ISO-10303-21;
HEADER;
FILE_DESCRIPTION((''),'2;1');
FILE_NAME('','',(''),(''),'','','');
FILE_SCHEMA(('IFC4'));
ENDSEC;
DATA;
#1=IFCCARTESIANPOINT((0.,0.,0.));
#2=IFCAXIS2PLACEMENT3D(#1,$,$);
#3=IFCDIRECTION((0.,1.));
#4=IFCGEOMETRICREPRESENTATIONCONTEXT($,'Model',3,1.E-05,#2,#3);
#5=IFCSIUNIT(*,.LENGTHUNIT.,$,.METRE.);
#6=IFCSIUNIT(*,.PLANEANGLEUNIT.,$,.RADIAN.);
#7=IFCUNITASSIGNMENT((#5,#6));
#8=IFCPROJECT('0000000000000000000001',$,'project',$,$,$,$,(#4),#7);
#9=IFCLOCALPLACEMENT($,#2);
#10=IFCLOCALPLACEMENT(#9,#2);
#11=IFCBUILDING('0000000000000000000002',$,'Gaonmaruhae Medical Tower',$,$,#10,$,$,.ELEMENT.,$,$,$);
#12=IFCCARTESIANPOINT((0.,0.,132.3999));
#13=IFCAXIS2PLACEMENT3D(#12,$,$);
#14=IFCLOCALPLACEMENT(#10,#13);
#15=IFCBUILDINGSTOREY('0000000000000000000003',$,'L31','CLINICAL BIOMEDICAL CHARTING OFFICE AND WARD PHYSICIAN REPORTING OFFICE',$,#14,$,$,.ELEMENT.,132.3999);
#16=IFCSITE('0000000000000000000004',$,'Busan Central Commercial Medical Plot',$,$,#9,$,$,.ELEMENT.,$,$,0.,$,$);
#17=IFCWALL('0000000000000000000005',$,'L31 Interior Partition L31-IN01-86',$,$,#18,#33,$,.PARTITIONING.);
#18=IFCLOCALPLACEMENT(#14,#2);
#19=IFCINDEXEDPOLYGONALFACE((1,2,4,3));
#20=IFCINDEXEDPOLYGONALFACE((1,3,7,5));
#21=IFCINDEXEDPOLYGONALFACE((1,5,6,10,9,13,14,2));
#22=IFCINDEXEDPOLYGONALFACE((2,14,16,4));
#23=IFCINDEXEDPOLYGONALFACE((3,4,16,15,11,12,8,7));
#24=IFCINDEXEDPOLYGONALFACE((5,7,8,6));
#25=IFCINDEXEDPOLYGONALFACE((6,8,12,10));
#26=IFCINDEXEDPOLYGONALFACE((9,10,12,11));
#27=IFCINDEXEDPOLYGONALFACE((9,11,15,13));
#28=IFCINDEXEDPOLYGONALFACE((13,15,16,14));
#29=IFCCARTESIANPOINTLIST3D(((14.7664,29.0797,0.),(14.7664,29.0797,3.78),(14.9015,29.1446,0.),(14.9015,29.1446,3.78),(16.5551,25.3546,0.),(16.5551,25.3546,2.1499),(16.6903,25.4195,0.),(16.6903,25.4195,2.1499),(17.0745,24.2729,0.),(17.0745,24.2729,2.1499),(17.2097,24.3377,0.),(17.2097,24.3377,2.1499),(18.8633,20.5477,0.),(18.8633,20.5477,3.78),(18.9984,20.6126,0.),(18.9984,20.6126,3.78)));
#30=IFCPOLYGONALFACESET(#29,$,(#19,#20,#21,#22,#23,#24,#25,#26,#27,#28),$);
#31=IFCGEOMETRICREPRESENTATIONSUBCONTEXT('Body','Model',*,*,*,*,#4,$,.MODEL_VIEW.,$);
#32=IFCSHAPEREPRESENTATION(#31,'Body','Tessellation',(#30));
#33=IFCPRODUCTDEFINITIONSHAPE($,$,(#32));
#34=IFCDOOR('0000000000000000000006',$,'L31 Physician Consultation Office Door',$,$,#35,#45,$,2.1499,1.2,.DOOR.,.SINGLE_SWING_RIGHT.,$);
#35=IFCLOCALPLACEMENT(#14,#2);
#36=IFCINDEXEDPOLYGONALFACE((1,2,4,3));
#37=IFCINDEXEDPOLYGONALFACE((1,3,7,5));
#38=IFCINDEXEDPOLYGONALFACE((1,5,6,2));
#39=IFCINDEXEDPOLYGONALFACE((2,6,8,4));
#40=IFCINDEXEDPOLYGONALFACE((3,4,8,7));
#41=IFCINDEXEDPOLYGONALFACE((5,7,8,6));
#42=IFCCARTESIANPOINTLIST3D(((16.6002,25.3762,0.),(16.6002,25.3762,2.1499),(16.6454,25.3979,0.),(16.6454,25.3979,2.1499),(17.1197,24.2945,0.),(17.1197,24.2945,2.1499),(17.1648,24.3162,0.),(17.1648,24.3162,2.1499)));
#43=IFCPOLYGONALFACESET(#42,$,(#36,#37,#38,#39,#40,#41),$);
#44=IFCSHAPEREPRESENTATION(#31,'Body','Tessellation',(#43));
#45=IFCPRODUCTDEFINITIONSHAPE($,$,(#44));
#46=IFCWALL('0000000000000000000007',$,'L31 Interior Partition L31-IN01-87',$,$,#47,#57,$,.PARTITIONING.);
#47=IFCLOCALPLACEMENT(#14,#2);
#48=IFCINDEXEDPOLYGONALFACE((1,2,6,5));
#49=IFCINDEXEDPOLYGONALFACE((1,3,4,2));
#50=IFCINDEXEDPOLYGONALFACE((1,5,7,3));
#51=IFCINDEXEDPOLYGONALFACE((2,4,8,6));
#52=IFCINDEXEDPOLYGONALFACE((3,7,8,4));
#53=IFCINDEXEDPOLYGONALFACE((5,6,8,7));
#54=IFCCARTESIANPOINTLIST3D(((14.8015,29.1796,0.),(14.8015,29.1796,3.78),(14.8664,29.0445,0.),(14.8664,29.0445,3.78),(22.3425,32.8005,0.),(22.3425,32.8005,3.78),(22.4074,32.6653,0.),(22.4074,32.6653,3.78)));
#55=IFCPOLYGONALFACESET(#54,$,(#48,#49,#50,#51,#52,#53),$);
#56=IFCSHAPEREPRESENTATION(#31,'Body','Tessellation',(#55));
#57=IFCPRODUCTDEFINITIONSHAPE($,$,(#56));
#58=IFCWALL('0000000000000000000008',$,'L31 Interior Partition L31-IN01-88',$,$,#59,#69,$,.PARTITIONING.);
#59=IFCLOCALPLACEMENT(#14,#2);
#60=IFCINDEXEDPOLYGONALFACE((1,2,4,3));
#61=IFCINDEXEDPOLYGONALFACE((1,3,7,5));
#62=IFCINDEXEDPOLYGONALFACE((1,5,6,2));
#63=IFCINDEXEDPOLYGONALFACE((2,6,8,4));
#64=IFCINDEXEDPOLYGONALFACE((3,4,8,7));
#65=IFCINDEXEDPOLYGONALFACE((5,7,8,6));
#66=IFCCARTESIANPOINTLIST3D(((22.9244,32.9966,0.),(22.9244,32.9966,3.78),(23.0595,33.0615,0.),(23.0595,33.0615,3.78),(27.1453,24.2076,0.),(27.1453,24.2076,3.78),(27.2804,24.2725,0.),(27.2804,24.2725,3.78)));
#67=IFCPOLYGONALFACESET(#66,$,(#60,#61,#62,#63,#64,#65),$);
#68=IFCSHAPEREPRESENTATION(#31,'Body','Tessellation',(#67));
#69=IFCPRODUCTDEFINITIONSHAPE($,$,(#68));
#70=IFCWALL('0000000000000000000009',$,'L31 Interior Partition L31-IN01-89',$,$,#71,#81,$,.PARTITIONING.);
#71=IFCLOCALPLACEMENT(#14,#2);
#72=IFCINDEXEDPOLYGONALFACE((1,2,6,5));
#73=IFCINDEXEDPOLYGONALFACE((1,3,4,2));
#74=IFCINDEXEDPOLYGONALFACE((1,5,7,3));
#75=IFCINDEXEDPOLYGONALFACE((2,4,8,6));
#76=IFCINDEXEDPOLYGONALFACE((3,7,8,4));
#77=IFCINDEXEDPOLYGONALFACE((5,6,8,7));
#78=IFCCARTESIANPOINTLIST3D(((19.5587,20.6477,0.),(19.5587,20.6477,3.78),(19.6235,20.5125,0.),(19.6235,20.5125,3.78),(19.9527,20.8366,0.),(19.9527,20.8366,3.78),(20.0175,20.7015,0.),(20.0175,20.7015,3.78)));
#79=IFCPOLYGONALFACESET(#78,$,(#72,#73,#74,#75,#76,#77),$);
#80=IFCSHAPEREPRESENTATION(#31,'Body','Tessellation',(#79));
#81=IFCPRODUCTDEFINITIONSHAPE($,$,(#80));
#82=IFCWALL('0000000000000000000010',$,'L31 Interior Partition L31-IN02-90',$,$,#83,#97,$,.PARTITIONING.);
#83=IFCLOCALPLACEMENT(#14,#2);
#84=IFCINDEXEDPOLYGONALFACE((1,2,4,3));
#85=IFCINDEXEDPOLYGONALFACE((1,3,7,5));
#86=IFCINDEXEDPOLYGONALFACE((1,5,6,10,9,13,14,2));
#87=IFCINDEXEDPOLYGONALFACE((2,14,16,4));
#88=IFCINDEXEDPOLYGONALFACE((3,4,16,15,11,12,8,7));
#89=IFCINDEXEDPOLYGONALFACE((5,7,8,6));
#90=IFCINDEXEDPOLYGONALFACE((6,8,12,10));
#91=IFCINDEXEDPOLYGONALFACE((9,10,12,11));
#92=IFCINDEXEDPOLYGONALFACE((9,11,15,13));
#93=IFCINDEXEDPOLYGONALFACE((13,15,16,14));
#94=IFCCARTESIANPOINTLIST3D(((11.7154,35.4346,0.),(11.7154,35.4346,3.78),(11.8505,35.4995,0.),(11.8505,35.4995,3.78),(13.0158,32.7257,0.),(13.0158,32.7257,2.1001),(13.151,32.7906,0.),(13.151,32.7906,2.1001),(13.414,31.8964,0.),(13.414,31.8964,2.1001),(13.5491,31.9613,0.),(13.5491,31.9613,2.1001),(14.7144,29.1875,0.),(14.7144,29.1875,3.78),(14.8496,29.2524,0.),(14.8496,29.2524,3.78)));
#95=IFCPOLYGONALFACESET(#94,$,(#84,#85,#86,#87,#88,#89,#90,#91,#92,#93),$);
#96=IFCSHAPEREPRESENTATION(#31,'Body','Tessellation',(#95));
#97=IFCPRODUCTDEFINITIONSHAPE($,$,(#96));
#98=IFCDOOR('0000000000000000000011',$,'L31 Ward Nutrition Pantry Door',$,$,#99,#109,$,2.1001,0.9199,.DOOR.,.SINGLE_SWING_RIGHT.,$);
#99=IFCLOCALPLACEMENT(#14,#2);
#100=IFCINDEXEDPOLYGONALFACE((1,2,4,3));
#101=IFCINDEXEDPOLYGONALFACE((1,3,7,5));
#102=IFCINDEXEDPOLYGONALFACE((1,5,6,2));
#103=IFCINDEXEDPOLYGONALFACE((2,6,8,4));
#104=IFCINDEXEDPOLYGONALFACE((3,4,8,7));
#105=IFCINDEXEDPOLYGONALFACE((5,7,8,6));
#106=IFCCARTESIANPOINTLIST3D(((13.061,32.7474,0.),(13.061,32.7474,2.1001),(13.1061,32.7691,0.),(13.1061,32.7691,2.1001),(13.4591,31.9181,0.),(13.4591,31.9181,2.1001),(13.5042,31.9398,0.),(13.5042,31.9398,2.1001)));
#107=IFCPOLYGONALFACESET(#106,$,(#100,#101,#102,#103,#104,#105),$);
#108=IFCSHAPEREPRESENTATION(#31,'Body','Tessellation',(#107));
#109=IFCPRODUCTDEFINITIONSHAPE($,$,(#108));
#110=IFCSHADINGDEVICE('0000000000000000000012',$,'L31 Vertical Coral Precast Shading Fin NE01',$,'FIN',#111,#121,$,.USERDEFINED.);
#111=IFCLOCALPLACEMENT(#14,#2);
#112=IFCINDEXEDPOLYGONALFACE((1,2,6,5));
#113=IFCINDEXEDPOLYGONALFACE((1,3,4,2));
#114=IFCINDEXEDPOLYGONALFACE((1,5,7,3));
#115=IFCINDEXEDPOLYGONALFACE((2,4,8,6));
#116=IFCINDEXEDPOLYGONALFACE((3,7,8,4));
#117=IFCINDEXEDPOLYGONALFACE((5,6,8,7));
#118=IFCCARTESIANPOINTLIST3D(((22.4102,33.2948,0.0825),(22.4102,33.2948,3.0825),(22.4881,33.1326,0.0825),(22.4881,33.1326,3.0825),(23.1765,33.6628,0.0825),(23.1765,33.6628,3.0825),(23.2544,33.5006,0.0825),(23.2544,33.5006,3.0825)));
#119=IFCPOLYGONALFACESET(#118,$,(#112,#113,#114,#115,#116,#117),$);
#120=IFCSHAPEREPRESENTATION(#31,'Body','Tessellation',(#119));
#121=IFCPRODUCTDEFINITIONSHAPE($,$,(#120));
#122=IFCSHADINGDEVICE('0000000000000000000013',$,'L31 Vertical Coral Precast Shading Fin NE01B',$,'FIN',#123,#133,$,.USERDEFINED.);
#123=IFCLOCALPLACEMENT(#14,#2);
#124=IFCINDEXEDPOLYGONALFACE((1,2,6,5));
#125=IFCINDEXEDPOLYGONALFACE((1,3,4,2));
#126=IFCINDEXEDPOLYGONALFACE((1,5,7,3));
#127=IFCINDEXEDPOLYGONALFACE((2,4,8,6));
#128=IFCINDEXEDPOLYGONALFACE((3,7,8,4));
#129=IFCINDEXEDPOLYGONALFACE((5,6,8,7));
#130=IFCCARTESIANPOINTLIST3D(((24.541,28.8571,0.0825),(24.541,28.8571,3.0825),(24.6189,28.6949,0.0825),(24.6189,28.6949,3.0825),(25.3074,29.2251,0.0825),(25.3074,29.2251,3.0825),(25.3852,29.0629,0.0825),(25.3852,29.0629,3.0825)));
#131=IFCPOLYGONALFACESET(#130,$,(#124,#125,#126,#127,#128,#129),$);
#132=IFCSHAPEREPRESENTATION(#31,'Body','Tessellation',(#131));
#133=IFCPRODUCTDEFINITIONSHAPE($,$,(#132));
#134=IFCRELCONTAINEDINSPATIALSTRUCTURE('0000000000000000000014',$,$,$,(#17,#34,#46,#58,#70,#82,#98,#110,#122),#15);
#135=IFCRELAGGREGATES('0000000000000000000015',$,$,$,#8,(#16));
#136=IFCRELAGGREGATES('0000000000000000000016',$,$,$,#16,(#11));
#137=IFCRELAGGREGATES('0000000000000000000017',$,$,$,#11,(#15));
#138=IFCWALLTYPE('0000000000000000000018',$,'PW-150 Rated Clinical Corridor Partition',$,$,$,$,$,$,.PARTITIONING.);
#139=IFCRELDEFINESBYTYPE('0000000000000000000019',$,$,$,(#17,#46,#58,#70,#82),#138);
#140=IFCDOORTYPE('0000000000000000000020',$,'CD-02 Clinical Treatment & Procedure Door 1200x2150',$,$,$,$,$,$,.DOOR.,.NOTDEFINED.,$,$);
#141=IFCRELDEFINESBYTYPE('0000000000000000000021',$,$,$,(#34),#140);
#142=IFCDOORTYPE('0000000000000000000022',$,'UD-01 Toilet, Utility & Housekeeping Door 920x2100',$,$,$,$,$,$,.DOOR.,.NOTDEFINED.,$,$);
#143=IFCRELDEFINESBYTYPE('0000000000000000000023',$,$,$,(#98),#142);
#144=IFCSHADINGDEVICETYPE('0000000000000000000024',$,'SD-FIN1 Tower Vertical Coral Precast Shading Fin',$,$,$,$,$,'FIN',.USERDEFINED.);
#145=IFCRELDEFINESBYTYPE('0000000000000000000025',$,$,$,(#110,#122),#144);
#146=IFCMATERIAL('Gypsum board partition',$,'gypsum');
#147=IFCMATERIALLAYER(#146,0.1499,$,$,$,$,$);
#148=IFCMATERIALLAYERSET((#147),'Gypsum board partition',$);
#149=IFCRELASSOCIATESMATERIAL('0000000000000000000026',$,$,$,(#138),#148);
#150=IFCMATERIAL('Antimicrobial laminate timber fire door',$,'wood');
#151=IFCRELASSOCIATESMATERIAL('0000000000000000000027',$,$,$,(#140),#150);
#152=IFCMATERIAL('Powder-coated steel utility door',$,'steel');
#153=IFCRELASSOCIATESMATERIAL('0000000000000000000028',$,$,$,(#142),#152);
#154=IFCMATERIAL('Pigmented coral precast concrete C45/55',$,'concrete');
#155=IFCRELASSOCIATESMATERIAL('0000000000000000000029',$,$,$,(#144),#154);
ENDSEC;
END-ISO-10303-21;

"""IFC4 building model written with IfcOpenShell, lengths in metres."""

from ifc_helpers import new_model, si_unit, direction, frame, frame_2d, origin, origin_2d, place, context, subcontext, project, spatial, rectangle, extrude, material, layer, layer_set, type_object, element, fill, save


model = new_model("IFC4")

# Units and contexts
model_context = context("Model", 3, precision=1e-05, world=origin(), true_north=direction((0.0, 1.0)))
body_context = subcontext(model_context, "Body", "Model", "MODEL_VIEW")
ifc_project = project(units=[si_unit("LENGTHUNIT", "METRE"), si_unit("PLANEANGLEUNIT", "RADIAN")], contexts=[model_context])

# Site, building, storey
site_placement = place(None, origin())
site = spatial("IfcSite", under=ifc_project, at=site_placement, Name="Busan Central Commercial Medical Plot", CompositionType="ELEMENT", RefElevation=0.0)
building_placement = place(site_placement, origin())
building = spatial("IfcBuilding", under=site, at=building_placement, Name="Gaonmaruhae Medical Tower", CompositionType="ELEMENT")
storey_placement = place(building_placement, frame((0.0, 0.0, 132.3999)))
storey = spatial("IfcBuildingStorey", under=building, at=storey_placement, Name="L31", Description="CLINICAL BIOMEDICAL CHARTING OFFICE AND WARD PHYSICIAN REPORTING OFFICE", CompositionType="ELEMENT", Elevation=132.3999)

# Shared definitions
ifc_material_1 = material(Name="Gypsum board partition", Category="gypsum")
ifc_layer_1 = layer(ifc_material_1, 0.1499)
ifc_layer_set_1 = layer_set([ifc_layer_1], Name="Gypsum board partition")
wall_type_1 = type_object("IfcWallType", Name="PW-150 Rated Clinical Corridor Partition", PredefinedType="PARTITIONING", material=ifc_layer_set_1)
ifc_material_2 = material(Name="Antimicrobial laminate timber fire door", Category="wood")
door_type_1 = type_object("IfcDoorType", Name="CD-02 Clinical Treatment & Procedure Door 1200x2150", OperationType="NOTDEFINED", PredefinedType="DOOR", material=ifc_material_2)

# Wall, opening, door
wall_1_placement = place(storey_placement, frame((18.9309, 20.5801, 0.0), z_axis=(0.0, 0.0, 1.0), x_axis=(-0.432866, 0.901458, 0.0)))
wall_1 = element("IfcWall", 1, at=wall_1_placement, inside=storey, type_object=wall_type_1, Name="L31 Interior Partition L31-IN01-86", PredefinedType="PARTITIONING", context=body_context, shape_type="SweptSolid", body=[
    extrude(rectangle(XDim=9.4646, YDim=0.1499, at=frame_2d((4.7324, 0.0))), origin(), (0.0, 0.0, 1.0), 3.78),
])
opening_1_placement = place(wall_1_placement, frame((4.1323, 0.0, 0.0)))
opening_1 = element("IfcOpeningElement", 2, at=opening_1_placement, cuts=wall_1, PredefinedType="OPENING", context=body_context, shape_type="SweptSolid", body=[
    extrude(rectangle(XDim=1.2, YDim=2.1499, at=frame_2d((0.6001, 1.075))), frame((0.0, 0.085, 0.0), z_axis=(0.0, -1.0, 0.0), x_axis=(1.0, 0.0, 0.0)), (0.0, 0.0, 1.0), 0.1699),
])
door_1_placement = place(opening_1_placement, origin())
door_1 = element("IfcDoor", 3, at=door_1_placement, inside=storey, type_object=door_type_1, Name="L31 Physician Consultation Office Door", OperationType="SINGLE_SWING_RIGHT", OverallHeight=2.1499, OverallWidth=1.2, PredefinedType="DOOR", context=body_context, shape_type="SweptSolid", body=[
    extrude(rectangle(XDim=1.2, YDim=2.1499, at=frame_2d((0.6001, 1.075))), frame((0.0, 0.0249, 0.0), z_axis=(0.0, -1.0, 0.0), x_axis=(1.0, 0.0, 0.0)), (0.0, 0.0, 1.0), 0.05),
])
fill(opening_1, door_1)

# Walls
wall_2_placement = place(storey_placement, frame((14.834, 29.1121, 0.0), z_axis=(0.0, 0.0, 1.0), x_axis=(0.901469, 0.432844, 0.0)))
element("IfcWall", 4, at=wall_2_placement, inside=storey, type_object=wall_type_1, Name="L31 Interior Partition L31-IN01-87", PredefinedType="PARTITIONING", context=body_context, shape_type="SweptSolid", body=[
    extrude(rectangle(XDim=8.3652, YDim=0.1499, at=frame_2d((4.1826, 0.0))), origin(), (0.0, 0.0, 1.0), 3.78),
])
wall_3_placement = place(storey_placement, frame((22.9919, 33.0291, 0.0), z_axis=(0.0, 0.0, 1.0), x_axis=(0.432914, -0.901435, 0.0)))
element("IfcWall", 5, at=wall_3_placement, inside=storey, type_object=wall_type_1, Name="L31 Interior Partition L31-IN01-88", PredefinedType="PARTITIONING", context=body_context, shape_type="SweptSolid", body=[
    extrude(rectangle(XDim=9.75, YDim=0.1499, at=frame_2d((4.875, 0.0))), origin(), (0.0, 0.0, 1.0), 3.78),
])
wall_4_placement = place(storey_placement, frame((19.9851, 20.769, 0.0), z_axis=(0.0, 0.0, 1.0), x_axis=(-0.90168, -0.432404, 0.0)))
element("IfcWall", 6, at=wall_4_placement, inside=storey, type_object=wall_type_1, Name="L31 Interior Partition L31-IN01-89", PredefinedType="PARTITIONING", context=body_context, shape_type="SweptSolid", body=[
    extrude(rectangle(XDim=0.437, YDim=0.1499, at=frame_2d((0.2185, 0.0))), origin(), (0.0, 0.0, 1.0), 3.78),
])

# Wall, opening, door
wall_5_placement = place(storey_placement, frame((14.782, 29.22, 0.0), z_axis=(0.0, 0.0, 1.0), x_axis=(-0.432781, 0.901499, 0.0)))
wall_5 = element("IfcWall", 7, at=wall_5_placement, inside=storey, type_object=wall_type_1, Name="L31 Interior Partition L31-IN02-90", PredefinedType="PARTITIONING", context=body_context, shape_type="SweptSolid", body=[
    extrude(rectangle(XDim=6.9297, YDim=0.1499, at=frame_2d((3.4648, 0.0))), origin(), (0.0, 0.0, 1.0), 3.78),
])
opening_2_placement = place(wall_5_placement, frame((3.0049, 0.0, 0.0)))
opening_2 = element("IfcOpeningElement", 8, at=opening_2_placement, cuts=wall_5, PredefinedType="OPENING", context=body_context, shape_type="SweptSolid", body=[
    extrude(rectangle(XDim=0.9199, YDim=2.1001, at=frame_2d((0.46, 1.05))), frame((0.0, 0.085, 0.0), z_axis=(0.0, -1.0, 0.0), x_axis=(1.0, 0.0, 0.0)), (0.0, 0.0, 1.0), 0.1699),
])
ifc_material_3 = material(Name="Powder-coated steel utility door", Category="steel")
door_type_2 = type_object("IfcDoorType", Name="UD-01 Toilet, Utility & Housekeeping Door 920x2100", OperationType="NOTDEFINED", PredefinedType="DOOR", material=ifc_material_3)
door_2_placement = place(opening_2_placement, origin())
door_2 = element("IfcDoor", 9, at=door_2_placement, inside=storey, type_object=door_type_2, Name="L31 Ward Nutrition Pantry Door", OperationType="SINGLE_SWING_RIGHT", OverallHeight=2.1001, OverallWidth=0.9199, PredefinedType="DOOR", context=body_context, shape_type="SweptSolid", body=[
    extrude(rectangle(XDim=0.9199, YDim=2.1001, at=frame_2d((0.46, 1.05))), frame((0.0, 0.0249, 0.0), z_axis=(0.0, -1.0, 0.0), x_axis=(1.0, 0.0, 0.0)), (0.0, 0.0, 1.0), 0.05),
])
fill(opening_2, door_2)

# Shading devices
ifc_material_4 = material(Name="Pigmented coral precast concrete C45/55", Category="concrete")
shading_device_type = type_object("IfcShadingDeviceType", Name="SD-FIN1 Tower Vertical Coral Precast Shading Fin", ElementType="FIN", PredefinedType="USERDEFINED", material=ifc_material_4)
for number, where, z_axis, x_axis, name in (
    (10, (22.8323, 33.3977, 0.0825), (0.0, 0.0, 1.0), (0.432873, -0.901455, 0.0), "L31 Vertical Coral Precast Shading Fin NE01"),
    (11, (24.9631, 28.96, 0.0825), (0.0, 0.0, 1.0), (0.432873, -0.901455, 0.0), "L31 Vertical Coral Precast Shading Fin NE01B"),
):
    element("IfcShadingDevice", number, at=place(storey_placement, frame(where, z_axis=z_axis, x_axis=x_axis)), inside=storey, type_object=shading_device_type, Name=name, ObjectType="FIN", PredefinedType="USERDEFINED", context=body_context, shape_type="SweptSolid", body=[
        extrude(rectangle(XDim=0.1799, YDim=0.8501, at=origin_2d()), origin(), (0.0, 0.0, 1.0), 3.0),
    ])

save(model, "model.ifc")
